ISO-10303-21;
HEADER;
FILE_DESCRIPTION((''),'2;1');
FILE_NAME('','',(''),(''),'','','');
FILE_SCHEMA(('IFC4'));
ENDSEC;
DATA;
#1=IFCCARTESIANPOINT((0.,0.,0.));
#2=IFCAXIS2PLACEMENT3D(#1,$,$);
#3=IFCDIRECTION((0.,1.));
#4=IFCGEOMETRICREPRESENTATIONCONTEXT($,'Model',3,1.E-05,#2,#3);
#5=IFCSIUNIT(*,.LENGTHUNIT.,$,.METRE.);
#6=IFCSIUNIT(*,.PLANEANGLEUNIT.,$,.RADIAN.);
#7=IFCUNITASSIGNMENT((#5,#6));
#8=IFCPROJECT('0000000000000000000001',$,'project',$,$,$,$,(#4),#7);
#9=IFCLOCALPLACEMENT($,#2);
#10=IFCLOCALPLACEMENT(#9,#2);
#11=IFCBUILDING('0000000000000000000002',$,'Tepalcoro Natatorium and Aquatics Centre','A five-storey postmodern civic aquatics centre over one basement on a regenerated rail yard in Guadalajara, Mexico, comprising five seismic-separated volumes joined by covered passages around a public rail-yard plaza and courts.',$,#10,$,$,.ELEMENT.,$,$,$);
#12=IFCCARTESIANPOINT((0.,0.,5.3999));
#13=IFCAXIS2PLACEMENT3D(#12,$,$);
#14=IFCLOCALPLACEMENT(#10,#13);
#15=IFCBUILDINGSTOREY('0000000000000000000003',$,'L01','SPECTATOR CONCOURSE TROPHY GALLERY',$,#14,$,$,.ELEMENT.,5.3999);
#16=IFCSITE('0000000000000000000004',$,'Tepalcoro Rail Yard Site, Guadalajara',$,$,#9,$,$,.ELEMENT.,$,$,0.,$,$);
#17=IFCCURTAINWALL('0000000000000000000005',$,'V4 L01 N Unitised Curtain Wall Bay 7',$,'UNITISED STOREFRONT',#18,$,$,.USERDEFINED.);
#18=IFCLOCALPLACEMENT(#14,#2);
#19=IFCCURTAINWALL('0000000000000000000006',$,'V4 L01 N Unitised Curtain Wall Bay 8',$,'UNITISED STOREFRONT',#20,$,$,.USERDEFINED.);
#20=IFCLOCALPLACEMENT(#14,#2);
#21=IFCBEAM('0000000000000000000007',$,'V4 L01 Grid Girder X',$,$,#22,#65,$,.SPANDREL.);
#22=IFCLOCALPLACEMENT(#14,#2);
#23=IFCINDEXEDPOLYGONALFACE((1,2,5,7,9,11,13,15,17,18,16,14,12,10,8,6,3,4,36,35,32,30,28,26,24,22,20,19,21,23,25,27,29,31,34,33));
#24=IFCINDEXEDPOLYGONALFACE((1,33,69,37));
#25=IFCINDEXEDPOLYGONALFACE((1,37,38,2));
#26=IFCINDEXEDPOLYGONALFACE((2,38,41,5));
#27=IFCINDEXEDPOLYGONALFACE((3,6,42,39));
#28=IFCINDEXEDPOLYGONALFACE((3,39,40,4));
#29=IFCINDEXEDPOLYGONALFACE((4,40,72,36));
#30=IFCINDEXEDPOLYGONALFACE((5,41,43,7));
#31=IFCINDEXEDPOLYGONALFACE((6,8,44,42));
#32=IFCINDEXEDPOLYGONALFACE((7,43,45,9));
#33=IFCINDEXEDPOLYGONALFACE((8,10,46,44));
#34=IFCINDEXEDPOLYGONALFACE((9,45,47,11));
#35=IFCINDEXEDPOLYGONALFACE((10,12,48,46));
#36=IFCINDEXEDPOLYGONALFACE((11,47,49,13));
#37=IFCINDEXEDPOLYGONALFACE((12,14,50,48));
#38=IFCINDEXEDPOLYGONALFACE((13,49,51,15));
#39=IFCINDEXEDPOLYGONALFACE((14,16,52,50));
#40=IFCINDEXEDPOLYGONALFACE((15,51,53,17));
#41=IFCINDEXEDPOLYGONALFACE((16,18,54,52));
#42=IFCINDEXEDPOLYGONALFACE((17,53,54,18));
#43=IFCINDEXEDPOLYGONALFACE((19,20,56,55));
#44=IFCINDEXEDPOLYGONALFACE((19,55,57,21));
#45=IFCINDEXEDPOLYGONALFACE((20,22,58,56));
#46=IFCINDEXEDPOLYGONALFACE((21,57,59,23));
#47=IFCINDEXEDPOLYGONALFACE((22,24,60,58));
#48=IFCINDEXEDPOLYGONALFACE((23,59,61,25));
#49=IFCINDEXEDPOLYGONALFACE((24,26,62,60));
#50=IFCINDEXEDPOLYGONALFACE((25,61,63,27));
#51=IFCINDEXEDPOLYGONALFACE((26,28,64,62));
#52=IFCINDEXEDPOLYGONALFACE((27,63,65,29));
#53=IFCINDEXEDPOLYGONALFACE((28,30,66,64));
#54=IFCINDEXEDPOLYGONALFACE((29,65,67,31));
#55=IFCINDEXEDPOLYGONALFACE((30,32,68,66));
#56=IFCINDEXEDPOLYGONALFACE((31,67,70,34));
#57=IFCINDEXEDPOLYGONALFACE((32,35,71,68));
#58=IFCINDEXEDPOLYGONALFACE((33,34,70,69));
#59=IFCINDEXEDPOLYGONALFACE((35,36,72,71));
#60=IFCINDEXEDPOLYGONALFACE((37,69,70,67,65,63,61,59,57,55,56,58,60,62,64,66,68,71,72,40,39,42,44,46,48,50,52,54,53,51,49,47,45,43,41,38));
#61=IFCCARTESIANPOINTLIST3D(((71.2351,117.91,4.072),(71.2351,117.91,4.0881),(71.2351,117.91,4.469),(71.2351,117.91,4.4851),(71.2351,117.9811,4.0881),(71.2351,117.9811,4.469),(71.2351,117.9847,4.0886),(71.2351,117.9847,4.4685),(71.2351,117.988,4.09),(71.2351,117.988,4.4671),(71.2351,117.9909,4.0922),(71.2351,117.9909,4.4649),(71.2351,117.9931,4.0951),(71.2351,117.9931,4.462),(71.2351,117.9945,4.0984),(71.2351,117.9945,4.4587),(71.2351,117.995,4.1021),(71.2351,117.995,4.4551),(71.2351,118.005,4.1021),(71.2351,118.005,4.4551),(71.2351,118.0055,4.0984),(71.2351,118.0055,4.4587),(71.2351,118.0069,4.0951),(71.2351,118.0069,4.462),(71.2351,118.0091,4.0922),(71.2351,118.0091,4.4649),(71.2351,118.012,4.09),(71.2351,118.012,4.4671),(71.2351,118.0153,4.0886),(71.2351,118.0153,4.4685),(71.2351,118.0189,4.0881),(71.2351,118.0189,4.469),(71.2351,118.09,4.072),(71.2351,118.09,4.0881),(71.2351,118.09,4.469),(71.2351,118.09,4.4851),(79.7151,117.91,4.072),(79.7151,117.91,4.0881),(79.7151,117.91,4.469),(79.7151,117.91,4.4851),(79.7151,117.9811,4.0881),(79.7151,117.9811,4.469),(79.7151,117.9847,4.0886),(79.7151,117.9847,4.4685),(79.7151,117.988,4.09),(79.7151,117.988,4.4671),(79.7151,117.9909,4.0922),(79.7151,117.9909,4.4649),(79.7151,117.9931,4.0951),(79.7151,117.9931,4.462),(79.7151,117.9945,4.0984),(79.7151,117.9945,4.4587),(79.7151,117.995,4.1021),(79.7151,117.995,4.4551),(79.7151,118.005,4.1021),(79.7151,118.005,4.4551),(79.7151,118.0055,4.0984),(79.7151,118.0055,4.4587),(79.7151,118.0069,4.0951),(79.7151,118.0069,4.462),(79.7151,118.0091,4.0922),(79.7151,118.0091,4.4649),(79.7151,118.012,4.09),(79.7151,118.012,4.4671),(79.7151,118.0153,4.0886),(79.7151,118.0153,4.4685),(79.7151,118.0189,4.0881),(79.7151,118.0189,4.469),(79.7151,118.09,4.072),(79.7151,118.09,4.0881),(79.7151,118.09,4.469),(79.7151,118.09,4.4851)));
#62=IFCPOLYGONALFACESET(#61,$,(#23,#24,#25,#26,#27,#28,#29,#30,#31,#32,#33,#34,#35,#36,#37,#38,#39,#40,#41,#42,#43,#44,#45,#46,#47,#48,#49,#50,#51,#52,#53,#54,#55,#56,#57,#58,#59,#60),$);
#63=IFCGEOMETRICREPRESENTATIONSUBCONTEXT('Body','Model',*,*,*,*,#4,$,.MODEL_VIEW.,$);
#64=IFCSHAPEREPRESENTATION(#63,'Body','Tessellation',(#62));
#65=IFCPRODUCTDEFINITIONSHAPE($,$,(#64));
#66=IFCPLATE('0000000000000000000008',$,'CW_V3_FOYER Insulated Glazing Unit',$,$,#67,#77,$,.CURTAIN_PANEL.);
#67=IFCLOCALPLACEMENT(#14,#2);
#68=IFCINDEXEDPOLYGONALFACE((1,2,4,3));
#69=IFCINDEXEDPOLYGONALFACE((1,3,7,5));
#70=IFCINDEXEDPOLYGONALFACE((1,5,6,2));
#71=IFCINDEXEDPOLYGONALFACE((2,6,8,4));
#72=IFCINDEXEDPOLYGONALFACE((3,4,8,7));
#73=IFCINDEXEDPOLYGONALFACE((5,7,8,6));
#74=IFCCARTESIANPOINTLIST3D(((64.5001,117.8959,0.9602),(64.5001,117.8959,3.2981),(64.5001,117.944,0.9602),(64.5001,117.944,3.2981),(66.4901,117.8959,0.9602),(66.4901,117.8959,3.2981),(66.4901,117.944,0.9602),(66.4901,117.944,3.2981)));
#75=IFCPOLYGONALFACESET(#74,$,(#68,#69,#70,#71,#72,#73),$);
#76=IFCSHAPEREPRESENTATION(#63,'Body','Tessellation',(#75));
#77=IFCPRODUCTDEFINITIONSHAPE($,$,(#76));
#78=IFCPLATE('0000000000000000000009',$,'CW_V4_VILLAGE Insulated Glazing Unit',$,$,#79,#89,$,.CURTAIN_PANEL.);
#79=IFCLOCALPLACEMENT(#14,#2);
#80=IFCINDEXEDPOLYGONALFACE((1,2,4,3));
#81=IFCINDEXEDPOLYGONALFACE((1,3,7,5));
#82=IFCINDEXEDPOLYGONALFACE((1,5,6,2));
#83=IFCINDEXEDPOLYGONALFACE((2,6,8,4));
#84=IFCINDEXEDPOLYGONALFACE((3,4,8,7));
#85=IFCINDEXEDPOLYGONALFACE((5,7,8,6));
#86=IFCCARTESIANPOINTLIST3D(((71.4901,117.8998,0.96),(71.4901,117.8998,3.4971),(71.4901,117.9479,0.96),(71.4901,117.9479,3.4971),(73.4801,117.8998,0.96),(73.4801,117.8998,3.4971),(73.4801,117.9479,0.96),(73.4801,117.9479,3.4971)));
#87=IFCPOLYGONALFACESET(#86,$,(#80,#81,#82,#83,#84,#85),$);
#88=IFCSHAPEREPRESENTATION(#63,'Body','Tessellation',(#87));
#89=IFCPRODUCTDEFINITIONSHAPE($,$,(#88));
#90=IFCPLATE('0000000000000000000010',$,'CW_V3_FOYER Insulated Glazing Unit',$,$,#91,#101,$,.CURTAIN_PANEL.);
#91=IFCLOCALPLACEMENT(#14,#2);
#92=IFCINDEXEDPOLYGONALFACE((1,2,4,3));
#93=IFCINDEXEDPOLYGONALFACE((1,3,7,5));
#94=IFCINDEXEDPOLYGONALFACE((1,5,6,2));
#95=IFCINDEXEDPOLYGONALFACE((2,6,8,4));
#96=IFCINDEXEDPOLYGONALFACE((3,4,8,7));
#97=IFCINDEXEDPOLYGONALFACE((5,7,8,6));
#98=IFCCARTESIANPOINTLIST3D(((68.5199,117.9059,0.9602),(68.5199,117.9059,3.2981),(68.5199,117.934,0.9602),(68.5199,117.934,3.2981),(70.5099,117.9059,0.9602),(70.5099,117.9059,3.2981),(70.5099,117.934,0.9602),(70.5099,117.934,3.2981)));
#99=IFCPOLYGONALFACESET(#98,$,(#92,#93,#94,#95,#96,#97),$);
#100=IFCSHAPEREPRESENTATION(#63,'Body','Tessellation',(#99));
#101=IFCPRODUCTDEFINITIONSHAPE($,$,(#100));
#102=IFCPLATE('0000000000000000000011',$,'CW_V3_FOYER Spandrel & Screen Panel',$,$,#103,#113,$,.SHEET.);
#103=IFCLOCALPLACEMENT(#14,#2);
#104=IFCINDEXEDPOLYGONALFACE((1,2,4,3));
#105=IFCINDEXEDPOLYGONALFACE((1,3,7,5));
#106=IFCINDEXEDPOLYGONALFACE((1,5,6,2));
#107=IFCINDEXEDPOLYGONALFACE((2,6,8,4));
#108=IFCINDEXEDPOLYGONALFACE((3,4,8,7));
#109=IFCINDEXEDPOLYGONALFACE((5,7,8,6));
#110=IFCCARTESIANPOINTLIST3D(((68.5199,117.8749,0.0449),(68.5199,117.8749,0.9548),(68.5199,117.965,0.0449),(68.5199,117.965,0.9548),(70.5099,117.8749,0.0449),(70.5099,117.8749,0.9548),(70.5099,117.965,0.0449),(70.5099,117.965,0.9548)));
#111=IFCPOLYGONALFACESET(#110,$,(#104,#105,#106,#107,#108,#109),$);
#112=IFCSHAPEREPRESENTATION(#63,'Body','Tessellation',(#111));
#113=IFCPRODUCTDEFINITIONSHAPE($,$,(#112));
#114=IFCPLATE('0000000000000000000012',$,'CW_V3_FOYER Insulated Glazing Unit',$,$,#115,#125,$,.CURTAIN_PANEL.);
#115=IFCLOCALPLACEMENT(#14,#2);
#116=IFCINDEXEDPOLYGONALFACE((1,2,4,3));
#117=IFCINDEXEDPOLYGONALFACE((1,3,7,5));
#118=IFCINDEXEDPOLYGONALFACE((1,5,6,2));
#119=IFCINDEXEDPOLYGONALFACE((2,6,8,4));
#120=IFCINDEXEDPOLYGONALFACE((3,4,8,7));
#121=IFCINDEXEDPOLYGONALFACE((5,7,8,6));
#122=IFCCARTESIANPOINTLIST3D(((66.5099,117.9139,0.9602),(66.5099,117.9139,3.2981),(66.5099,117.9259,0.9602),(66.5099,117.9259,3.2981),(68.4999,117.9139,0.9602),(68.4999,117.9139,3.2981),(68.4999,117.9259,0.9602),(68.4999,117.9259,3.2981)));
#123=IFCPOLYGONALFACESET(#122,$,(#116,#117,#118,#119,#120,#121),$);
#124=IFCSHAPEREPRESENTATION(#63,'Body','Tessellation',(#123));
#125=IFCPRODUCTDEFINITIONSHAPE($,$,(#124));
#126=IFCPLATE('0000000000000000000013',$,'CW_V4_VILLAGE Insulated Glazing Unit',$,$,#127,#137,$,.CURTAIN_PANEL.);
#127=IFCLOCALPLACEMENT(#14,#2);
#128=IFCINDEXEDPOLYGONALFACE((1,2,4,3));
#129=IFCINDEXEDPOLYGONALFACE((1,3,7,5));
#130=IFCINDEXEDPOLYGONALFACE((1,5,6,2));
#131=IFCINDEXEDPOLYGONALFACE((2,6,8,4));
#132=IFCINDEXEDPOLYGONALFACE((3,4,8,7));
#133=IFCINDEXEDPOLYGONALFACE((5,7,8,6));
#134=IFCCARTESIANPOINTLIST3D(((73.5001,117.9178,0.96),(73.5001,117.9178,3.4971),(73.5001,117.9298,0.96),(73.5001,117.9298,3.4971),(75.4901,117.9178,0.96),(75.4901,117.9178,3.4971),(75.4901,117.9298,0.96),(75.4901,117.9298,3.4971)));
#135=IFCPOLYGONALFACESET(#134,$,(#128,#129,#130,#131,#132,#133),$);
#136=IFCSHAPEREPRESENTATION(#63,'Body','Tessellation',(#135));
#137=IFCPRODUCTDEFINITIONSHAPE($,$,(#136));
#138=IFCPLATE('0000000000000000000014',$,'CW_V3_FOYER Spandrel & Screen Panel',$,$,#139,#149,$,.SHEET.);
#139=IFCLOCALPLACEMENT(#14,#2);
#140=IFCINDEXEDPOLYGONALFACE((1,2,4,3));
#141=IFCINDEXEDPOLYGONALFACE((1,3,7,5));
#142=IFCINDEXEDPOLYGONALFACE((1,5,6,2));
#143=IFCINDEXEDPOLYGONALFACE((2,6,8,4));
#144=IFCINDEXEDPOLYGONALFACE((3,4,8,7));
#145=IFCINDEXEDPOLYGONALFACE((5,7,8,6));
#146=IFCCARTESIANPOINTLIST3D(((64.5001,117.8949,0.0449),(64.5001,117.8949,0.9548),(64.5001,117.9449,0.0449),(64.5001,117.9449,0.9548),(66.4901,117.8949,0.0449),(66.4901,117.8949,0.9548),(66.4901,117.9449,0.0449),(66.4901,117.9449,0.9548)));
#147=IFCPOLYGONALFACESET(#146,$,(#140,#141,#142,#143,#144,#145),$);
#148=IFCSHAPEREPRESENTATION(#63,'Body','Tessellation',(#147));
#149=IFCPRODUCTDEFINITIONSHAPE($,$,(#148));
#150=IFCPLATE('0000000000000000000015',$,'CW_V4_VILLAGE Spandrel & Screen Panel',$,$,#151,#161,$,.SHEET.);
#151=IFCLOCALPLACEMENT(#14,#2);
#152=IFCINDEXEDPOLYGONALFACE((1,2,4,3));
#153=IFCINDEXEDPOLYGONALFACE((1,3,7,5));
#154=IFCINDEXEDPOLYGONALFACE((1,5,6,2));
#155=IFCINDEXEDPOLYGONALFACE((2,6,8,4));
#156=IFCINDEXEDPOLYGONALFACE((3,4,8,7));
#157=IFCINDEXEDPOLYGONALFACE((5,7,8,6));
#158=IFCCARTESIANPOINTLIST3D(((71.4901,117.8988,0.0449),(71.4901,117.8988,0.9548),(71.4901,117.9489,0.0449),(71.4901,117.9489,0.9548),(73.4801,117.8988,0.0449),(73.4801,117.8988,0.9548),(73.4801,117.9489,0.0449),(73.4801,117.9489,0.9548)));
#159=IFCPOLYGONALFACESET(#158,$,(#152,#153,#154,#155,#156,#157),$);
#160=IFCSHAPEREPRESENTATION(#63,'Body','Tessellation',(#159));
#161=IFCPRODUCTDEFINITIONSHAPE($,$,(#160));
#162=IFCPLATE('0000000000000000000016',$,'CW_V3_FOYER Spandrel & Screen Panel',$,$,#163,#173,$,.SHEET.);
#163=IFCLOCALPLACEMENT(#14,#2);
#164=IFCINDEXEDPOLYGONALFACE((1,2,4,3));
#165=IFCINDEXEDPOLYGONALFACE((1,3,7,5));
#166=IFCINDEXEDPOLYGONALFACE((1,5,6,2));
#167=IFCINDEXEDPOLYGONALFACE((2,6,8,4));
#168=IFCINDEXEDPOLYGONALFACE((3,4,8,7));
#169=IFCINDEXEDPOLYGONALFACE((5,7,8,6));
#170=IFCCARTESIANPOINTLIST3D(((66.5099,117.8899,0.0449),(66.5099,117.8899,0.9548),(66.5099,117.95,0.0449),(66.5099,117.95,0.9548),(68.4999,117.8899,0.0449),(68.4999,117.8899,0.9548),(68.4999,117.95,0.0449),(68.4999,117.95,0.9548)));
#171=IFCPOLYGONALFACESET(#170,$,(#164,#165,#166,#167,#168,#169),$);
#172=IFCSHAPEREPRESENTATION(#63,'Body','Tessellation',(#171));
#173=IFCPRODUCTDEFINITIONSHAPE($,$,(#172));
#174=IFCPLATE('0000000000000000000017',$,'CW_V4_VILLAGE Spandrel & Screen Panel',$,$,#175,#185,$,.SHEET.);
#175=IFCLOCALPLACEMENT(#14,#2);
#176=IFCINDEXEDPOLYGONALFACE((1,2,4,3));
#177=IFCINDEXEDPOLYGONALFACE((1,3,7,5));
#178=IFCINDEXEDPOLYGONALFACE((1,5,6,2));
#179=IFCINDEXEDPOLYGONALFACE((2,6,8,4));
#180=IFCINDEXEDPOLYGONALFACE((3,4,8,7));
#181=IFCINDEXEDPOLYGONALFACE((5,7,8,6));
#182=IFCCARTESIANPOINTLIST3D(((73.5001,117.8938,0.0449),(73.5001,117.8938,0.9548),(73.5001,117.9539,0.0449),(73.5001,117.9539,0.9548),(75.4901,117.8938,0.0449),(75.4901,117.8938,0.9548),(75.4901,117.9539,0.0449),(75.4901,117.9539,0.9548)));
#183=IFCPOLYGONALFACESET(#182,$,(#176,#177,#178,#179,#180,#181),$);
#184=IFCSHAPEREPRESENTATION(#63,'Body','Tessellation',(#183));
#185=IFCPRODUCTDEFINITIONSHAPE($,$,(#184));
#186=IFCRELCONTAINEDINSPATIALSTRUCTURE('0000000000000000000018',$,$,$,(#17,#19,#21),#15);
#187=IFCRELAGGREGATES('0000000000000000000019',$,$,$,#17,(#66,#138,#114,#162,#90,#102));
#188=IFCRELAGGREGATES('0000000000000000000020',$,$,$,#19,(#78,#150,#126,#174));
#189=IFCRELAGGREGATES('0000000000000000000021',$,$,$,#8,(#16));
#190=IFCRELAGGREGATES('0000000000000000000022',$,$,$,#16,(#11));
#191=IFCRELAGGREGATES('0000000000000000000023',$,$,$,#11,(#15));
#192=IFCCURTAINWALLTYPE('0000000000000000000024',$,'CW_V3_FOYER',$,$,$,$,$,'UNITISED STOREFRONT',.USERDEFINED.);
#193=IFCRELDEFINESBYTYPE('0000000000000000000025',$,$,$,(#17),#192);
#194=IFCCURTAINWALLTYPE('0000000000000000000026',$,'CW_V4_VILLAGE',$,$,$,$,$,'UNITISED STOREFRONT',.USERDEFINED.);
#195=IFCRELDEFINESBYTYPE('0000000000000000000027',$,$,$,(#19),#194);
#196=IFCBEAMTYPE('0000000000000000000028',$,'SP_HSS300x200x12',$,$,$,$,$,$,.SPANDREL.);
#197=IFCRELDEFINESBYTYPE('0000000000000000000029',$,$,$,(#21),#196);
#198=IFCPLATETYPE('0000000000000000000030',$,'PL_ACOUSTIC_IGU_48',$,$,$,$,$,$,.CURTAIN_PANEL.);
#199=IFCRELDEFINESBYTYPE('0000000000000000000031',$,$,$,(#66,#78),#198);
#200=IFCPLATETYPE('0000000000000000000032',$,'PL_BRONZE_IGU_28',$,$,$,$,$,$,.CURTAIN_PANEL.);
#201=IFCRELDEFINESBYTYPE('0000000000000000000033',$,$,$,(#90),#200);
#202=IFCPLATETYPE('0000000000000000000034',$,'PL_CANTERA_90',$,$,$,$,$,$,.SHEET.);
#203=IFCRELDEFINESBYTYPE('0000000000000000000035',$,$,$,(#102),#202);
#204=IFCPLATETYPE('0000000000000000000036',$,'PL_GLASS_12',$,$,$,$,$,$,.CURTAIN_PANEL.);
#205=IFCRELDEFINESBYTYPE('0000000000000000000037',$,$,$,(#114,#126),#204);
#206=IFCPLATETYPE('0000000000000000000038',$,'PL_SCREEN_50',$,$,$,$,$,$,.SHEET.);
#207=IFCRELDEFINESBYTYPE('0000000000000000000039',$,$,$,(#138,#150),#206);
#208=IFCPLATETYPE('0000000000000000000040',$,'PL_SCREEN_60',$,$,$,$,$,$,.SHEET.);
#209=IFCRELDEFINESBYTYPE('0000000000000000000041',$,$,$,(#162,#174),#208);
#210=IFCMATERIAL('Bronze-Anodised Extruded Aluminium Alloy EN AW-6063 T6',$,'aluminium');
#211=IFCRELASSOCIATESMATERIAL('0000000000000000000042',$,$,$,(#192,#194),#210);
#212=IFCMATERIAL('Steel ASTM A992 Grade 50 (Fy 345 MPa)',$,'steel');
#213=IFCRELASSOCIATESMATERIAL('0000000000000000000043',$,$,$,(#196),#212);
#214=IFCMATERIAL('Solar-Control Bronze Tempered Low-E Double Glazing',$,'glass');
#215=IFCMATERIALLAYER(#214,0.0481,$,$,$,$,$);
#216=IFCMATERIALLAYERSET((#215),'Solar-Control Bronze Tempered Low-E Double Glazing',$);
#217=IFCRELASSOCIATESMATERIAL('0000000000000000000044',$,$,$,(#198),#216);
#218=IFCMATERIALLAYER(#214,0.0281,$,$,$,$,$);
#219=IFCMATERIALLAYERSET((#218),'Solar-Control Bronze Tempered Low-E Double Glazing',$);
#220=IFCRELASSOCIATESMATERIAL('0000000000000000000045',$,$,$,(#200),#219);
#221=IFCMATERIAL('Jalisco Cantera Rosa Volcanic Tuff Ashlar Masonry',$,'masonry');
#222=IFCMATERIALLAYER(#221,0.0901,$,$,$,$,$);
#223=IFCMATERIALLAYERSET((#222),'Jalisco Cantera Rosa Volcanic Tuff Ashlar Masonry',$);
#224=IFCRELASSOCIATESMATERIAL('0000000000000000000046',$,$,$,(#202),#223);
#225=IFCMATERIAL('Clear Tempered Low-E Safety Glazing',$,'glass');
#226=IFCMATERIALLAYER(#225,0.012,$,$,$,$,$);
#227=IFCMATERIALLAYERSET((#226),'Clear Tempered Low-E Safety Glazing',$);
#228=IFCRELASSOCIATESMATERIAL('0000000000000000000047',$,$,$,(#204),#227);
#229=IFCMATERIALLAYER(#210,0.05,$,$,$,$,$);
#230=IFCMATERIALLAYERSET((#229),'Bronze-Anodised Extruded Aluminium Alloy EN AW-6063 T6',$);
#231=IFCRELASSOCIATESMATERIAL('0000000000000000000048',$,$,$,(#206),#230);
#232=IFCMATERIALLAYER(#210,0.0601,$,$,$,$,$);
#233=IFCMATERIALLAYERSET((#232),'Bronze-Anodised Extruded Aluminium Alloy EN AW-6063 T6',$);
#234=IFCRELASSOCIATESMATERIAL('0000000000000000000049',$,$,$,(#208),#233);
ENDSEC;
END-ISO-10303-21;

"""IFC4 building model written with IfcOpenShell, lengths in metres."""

from ifc_helpers import new_model, si_unit, direction, frame, origin, origin_2d, place, context, subcontext, project, spatial, rectangle, i_section, extrude, material, layer, layer_set, material_profile, profile_set, type_object, element, aggregate, save


model = new_model("IFC4")

# Units and contexts
model_context = context("Model", 3, precision=1e-05, world=origin(), true_north=direction((0.0, 1.0)))
body_context = subcontext(model_context, "Body", "Model", "MODEL_VIEW")
ifc_project = project(units=[si_unit("LENGTHUNIT", "METRE"), si_unit("PLANEANGLEUNIT", "RADIAN")], contexts=[model_context])

# Site, building, storey
site_placement = place(None, origin())
site = spatial("IfcSite", under=ifc_project, at=site_placement, Name="Tepalcoro Rail Yard Site, Guadalajara", CompositionType="ELEMENT", RefElevation=0.0)
building_placement = place(site_placement, origin())
building = spatial("IfcBuilding", under=site, at=building_placement, Name="Tepalcoro Natatorium and Aquatics Centre", Description="A five-storey postmodern civic aquatics centre over one basement on a regenerated rail yard in Guadalajara, Mexico, comprising five seismic-separated volumes joined by covered passages around a public rail-yard plaza and courts.", CompositionType="ELEMENT")
storey_placement = place(building_placement, frame((0.0, 0.0, 5.3999)))
storey = spatial("IfcBuildingStorey", under=building, at=storey_placement, Name="L01", Description="SPECTATOR CONCOURSE TROPHY GALLERY", CompositionType="ELEMENT", Elevation=5.3999)

# Curtain walls
ifc_material_1 = material(Name="Bronze-Anodised Extruded Aluminium Alloy EN AW-6063 T6", Category="aluminium")
curtain_wall_type_1 = type_object("IfcCurtainWallType", Name="CW_V3_FOYER", ElementType="UNITISED STOREFRONT", PredefinedType="USERDEFINED", material=ifc_material_1)
curtain_wall_1_placement = place(storey_placement, origin())
curtain_wall_1 = element("IfcCurtainWall", 1, at=curtain_wall_1_placement, inside=storey, type_object=curtain_wall_type_1, Name="V4 L01 N Unitised Curtain Wall Bay 7", ObjectType="UNITISED STOREFRONT", PredefinedType="USERDEFINED")
curtain_wall_type_2 = type_object("IfcCurtainWallType", Name="CW_V4_VILLAGE", ElementType="UNITISED STOREFRONT", PredefinedType="USERDEFINED", material=ifc_material_1)
curtain_wall_2_placement = place(storey_placement, origin())
curtain_wall_2 = element("IfcCurtainWall", 2, at=curtain_wall_2_placement, inside=storey, type_object=curtain_wall_type_2, Name="V4 L01 N Unitised Curtain Wall Bay 8", ObjectType="UNITISED STOREFRONT", PredefinedType="USERDEFINED")

# Beam
ifc_material_2 = material(Name="Steel ASTM A992 Grade 50 (Fy 345 MPa)", Category="steel")
ifc_material_profile_1 = material_profile(ifc_material_2, i_section(OverallWidth=0.1799, OverallDepth=0.4131, WebThickness=0.01, FlangeThickness=0.0161, FilletRadius=0.0139, at=origin_2d()), Name="W16X50")
ifc_profile_set_1 = profile_set([ifc_material_profile_1], Name="Steel ASTM A992 Grade 50 (Fy 345 MPa)")
beam_type = type_object("IfcBeamType", Name="SP_HSS300x200x12", PredefinedType="SPANDREL", material=ifc_profile_set_1)
beam_placement = place(storey_placement, frame((71.2351, 118.0, 4.2786), z_axis=(1.0, 0.0, 0.0), x_axis=(0.0, 1.0, 0.0)))
element("IfcBeam", 3, at=beam_placement, inside=storey, type_object=beam_type, Name="V4 L01 Grid Girder X", PredefinedType="SPANDREL", context=body_context, shape_type="SweptSolid", body=[
    extrude(i_section(OverallWidth=0.1799, OverallDepth=0.4131, WebThickness=0.01, FlangeThickness=0.0161, FilletRadius=0.0139, at=origin_2d()), origin(), (0.0, 0.0, 1.0), 8.48),
])

# Plates
ifc_material_3 = material(Name="Solar-Control Bronze Tempered Low-E Double Glazing", Category="glass")
ifc_layer_1 = layer(ifc_material_3, 0.0481)
ifc_layer_set_1 = layer_set([ifc_layer_1], Name="Solar-Control Bronze Tempered Low-E Double Glazing")
plate_type_1 = type_object("IfcPlateType", Name="PL_ACOUSTIC_IGU_48", PredefinedType="CURTAIN_PANEL", material=ifc_layer_set_1)
plate_1_placement = place(storey_placement, frame((65.4951, 117.9199, 0.9602), z_axis=(0.0, 0.0, 1.0), x_axis=(1.0, 0.0, 0.0)))
plate_1 = element("IfcPlate", 4, at=plate_1_placement, type_object=plate_type_1, Name="CW_V3_FOYER Insulated Glazing Unit", PredefinedType="CURTAIN_PANEL", context=body_context, shape_type="SweptSolid", body=[
    extrude(rectangle(XDim=1.99, YDim=0.0481, at=origin_2d()), origin(), (0.0, 0.0, 1.0), 2.3379),
])
plate_2_placement = place(storey_placement, frame((72.4851, 117.9238, 0.96), z_axis=(0.0, 0.0, 1.0), x_axis=(1.0, 0.0, 0.0)))
plate_2 = element("IfcPlate", 5, at=plate_2_placement, type_object=plate_type_1, Name="CW_V4_VILLAGE Insulated Glazing Unit", PredefinedType="CURTAIN_PANEL", context=body_context, shape_type="SweptSolid", body=[
    extrude(rectangle(XDim=1.99, YDim=0.0481, at=origin_2d()), origin(), (0.0, 0.0, 1.0), 2.5371),
])
ifc_layer_2 = layer(ifc_material_3, 0.0281)
ifc_layer_set_2 = layer_set([ifc_layer_2], Name="Solar-Control Bronze Tempered Low-E Double Glazing")
plate_type_2 = type_object("IfcPlateType", Name="PL_BRONZE_IGU_28", PredefinedType="CURTAIN_PANEL", material=ifc_layer_set_2)
plate_3_placement = place(storey_placement, frame((69.5149, 117.9199, 0.9602), z_axis=(0.0, 0.0, 1.0), x_axis=(1.0, 0.0, 0.0)))
plate_3 = element("IfcPlate", 6, at=plate_3_placement, type_object=plate_type_2, Name="CW_V3_FOYER Insulated Glazing Unit", PredefinedType="CURTAIN_PANEL", context=body_context, shape_type="SweptSolid", body=[
    extrude(rectangle(XDim=1.99, YDim=0.0281, at=origin_2d()), origin(), (0.0, 0.0, 1.0), 2.3379),
])
ifc_material_4 = material(Name="Jalisco Cantera Rosa Volcanic Tuff Ashlar Masonry", Category="masonry")
ifc_layer_3 = layer(ifc_material_4, 0.0901)
ifc_layer_set_3 = layer_set([ifc_layer_3], Name="Jalisco Cantera Rosa Volcanic Tuff Ashlar Masonry")
plate_type_3 = type_object("IfcPlateType", Name="PL_CANTERA_90", PredefinedType="SHEET", material=ifc_layer_set_3)
plate_4_placement = place(storey_placement, frame((69.5149, 117.9199, 0.0449), z_axis=(0.0, 0.0, 1.0), x_axis=(1.0, 0.0, 0.0)))
plate_4 = element("IfcPlate", 7, at=plate_4_placement, type_object=plate_type_3, Name="CW_V3_FOYER Spandrel & Screen Panel", PredefinedType="SHEET", context=body_context, shape_type="SweptSolid", body=[
    extrude(rectangle(XDim=1.99, YDim=0.0901, at=origin_2d()), origin(), (0.0, 0.0, 1.0), 0.9099),
])
ifc_material_5 = material(Name="Clear Tempered Low-E Safety Glazing", Category="glass")
ifc_layer_4 = layer(ifc_material_5, 0.012)
ifc_layer_set_4 = layer_set([ifc_layer_4], Name="Clear Tempered Low-E Safety Glazing")
plate_type_4 = type_object("IfcPlateType", Name="PL_GLASS_12", PredefinedType="CURTAIN_PANEL", material=ifc_layer_set_4)
plate_5_placement = place(storey_placement, frame((67.5049, 117.9199, 0.9602), z_axis=(0.0, 0.0, 1.0), x_axis=(1.0, 0.0, 0.0)))
plate_5 = element("IfcPlate", 8, at=plate_5_placement, type_object=plate_type_4, Name="CW_V3_FOYER Insulated Glazing Unit", PredefinedType="CURTAIN_PANEL", context=body_context, shape_type="SweptSolid", body=[
    extrude(rectangle(XDim=1.99, YDim=0.012, at=origin_2d()), origin(), (0.0, 0.0, 1.0), 2.3379),
])
plate_6_placement = place(storey_placement, frame((74.4951, 117.9238, 0.96), z_axis=(0.0, 0.0, 1.0), x_axis=(1.0, 0.0, 0.0)))
plate_6 = element("IfcPlate", 9, at=plate_6_placement, type_object=plate_type_4, Name="CW_V4_VILLAGE Insulated Glazing Unit", PredefinedType="CURTAIN_PANEL", context=body_context, shape_type="SweptSolid", body=[
    extrude(rectangle(XDim=1.99, YDim=0.012, at=origin_2d()), origin(), (0.0, 0.0, 1.0), 2.5371),
])
ifc_layer_5 = layer(ifc_material_1, 0.05)
ifc_layer_set_5 = layer_set([ifc_layer_5], Name="Bronze-Anodised Extruded Aluminium Alloy EN AW-6063 T6")
plate_type_5 = type_object("IfcPlateType", Name="PL_SCREEN_50", PredefinedType="SHEET", material=ifc_layer_set_5)
plate_7_placement = place(storey_placement, frame((65.4951, 117.9199, 0.0449), z_axis=(0.0, 0.0, 1.0), x_axis=(1.0, 0.0, 0.0)))
plate_7 = element("IfcPlate", 10, at=plate_7_placement, type_object=plate_type_5, Name="CW_V3_FOYER Spandrel & Screen Panel", PredefinedType="SHEET", context=body_context, shape_type="SweptSolid", body=[
    extrude(rectangle(XDim=1.99, YDim=0.05, at=origin_2d()), origin(), (0.0, 0.0, 1.0), 0.9099),
])
plate_8_placement = place(storey_placement, frame((72.4851, 117.9238, 0.0449), z_axis=(0.0, 0.0, 1.0), x_axis=(1.0, 0.0, 0.0)))
plate_8 = element("IfcPlate", 11, at=plate_8_placement, type_object=plate_type_5, Name="CW_V4_VILLAGE Spandrel & Screen Panel", PredefinedType="SHEET", context=body_context, shape_type="SweptSolid", body=[
    extrude(rectangle(XDim=1.99, YDim=0.05, at=origin_2d()), origin(), (0.0, 0.0, 1.0), 0.9099),
])
ifc_layer_6 = layer(ifc_material_1, 0.0601)
ifc_layer_set_6 = layer_set([ifc_layer_6], Name="Bronze-Anodised Extruded Aluminium Alloy EN AW-6063 T6")
plate_type_6 = type_object("IfcPlateType", Name="PL_SCREEN_60", PredefinedType="SHEET", material=ifc_layer_set_6)
plate_9_placement = place(storey_placement, frame((67.5049, 117.9199, 0.0449), z_axis=(0.0, 0.0, 1.0), x_axis=(1.0, 0.0, 0.0)))
plate_9 = element("IfcPlate", 12, at=plate_9_placement, type_object=plate_type_6, Name="CW_V3_FOYER Spandrel & Screen Panel", PredefinedType="SHEET", context=body_context, shape_type="SweptSolid", body=[
    extrude(rectangle(XDim=1.99, YDim=0.0601, at=origin_2d()), origin(), (0.0, 0.0, 1.0), 0.9099),
])
aggregate(curtain_wall_1, [plate_1, plate_7, plate_5, plate_9, plate_3, plate_4])
plate_10_placement = place(storey_placement, frame((74.4951, 117.9238, 0.0449), z_axis=(0.0, 0.0, 1.0), x_axis=(1.0, 0.0, 0.0)))
plate_10 = element("IfcPlate", 13, at=plate_10_placement, type_object=plate_type_6, Name="CW_V4_VILLAGE Spandrel & Screen Panel", PredefinedType="SHEET", context=body_context, shape_type="SweptSolid", body=[
    extrude(rectangle(XDim=1.99, YDim=0.0601, at=origin_2d()), origin(), (0.0, 0.0, 1.0), 0.9099),
])
aggregate(curtain_wall_2, [plate_2, plate_8, plate_6, plate_10])

save(model, "model.ifc")
